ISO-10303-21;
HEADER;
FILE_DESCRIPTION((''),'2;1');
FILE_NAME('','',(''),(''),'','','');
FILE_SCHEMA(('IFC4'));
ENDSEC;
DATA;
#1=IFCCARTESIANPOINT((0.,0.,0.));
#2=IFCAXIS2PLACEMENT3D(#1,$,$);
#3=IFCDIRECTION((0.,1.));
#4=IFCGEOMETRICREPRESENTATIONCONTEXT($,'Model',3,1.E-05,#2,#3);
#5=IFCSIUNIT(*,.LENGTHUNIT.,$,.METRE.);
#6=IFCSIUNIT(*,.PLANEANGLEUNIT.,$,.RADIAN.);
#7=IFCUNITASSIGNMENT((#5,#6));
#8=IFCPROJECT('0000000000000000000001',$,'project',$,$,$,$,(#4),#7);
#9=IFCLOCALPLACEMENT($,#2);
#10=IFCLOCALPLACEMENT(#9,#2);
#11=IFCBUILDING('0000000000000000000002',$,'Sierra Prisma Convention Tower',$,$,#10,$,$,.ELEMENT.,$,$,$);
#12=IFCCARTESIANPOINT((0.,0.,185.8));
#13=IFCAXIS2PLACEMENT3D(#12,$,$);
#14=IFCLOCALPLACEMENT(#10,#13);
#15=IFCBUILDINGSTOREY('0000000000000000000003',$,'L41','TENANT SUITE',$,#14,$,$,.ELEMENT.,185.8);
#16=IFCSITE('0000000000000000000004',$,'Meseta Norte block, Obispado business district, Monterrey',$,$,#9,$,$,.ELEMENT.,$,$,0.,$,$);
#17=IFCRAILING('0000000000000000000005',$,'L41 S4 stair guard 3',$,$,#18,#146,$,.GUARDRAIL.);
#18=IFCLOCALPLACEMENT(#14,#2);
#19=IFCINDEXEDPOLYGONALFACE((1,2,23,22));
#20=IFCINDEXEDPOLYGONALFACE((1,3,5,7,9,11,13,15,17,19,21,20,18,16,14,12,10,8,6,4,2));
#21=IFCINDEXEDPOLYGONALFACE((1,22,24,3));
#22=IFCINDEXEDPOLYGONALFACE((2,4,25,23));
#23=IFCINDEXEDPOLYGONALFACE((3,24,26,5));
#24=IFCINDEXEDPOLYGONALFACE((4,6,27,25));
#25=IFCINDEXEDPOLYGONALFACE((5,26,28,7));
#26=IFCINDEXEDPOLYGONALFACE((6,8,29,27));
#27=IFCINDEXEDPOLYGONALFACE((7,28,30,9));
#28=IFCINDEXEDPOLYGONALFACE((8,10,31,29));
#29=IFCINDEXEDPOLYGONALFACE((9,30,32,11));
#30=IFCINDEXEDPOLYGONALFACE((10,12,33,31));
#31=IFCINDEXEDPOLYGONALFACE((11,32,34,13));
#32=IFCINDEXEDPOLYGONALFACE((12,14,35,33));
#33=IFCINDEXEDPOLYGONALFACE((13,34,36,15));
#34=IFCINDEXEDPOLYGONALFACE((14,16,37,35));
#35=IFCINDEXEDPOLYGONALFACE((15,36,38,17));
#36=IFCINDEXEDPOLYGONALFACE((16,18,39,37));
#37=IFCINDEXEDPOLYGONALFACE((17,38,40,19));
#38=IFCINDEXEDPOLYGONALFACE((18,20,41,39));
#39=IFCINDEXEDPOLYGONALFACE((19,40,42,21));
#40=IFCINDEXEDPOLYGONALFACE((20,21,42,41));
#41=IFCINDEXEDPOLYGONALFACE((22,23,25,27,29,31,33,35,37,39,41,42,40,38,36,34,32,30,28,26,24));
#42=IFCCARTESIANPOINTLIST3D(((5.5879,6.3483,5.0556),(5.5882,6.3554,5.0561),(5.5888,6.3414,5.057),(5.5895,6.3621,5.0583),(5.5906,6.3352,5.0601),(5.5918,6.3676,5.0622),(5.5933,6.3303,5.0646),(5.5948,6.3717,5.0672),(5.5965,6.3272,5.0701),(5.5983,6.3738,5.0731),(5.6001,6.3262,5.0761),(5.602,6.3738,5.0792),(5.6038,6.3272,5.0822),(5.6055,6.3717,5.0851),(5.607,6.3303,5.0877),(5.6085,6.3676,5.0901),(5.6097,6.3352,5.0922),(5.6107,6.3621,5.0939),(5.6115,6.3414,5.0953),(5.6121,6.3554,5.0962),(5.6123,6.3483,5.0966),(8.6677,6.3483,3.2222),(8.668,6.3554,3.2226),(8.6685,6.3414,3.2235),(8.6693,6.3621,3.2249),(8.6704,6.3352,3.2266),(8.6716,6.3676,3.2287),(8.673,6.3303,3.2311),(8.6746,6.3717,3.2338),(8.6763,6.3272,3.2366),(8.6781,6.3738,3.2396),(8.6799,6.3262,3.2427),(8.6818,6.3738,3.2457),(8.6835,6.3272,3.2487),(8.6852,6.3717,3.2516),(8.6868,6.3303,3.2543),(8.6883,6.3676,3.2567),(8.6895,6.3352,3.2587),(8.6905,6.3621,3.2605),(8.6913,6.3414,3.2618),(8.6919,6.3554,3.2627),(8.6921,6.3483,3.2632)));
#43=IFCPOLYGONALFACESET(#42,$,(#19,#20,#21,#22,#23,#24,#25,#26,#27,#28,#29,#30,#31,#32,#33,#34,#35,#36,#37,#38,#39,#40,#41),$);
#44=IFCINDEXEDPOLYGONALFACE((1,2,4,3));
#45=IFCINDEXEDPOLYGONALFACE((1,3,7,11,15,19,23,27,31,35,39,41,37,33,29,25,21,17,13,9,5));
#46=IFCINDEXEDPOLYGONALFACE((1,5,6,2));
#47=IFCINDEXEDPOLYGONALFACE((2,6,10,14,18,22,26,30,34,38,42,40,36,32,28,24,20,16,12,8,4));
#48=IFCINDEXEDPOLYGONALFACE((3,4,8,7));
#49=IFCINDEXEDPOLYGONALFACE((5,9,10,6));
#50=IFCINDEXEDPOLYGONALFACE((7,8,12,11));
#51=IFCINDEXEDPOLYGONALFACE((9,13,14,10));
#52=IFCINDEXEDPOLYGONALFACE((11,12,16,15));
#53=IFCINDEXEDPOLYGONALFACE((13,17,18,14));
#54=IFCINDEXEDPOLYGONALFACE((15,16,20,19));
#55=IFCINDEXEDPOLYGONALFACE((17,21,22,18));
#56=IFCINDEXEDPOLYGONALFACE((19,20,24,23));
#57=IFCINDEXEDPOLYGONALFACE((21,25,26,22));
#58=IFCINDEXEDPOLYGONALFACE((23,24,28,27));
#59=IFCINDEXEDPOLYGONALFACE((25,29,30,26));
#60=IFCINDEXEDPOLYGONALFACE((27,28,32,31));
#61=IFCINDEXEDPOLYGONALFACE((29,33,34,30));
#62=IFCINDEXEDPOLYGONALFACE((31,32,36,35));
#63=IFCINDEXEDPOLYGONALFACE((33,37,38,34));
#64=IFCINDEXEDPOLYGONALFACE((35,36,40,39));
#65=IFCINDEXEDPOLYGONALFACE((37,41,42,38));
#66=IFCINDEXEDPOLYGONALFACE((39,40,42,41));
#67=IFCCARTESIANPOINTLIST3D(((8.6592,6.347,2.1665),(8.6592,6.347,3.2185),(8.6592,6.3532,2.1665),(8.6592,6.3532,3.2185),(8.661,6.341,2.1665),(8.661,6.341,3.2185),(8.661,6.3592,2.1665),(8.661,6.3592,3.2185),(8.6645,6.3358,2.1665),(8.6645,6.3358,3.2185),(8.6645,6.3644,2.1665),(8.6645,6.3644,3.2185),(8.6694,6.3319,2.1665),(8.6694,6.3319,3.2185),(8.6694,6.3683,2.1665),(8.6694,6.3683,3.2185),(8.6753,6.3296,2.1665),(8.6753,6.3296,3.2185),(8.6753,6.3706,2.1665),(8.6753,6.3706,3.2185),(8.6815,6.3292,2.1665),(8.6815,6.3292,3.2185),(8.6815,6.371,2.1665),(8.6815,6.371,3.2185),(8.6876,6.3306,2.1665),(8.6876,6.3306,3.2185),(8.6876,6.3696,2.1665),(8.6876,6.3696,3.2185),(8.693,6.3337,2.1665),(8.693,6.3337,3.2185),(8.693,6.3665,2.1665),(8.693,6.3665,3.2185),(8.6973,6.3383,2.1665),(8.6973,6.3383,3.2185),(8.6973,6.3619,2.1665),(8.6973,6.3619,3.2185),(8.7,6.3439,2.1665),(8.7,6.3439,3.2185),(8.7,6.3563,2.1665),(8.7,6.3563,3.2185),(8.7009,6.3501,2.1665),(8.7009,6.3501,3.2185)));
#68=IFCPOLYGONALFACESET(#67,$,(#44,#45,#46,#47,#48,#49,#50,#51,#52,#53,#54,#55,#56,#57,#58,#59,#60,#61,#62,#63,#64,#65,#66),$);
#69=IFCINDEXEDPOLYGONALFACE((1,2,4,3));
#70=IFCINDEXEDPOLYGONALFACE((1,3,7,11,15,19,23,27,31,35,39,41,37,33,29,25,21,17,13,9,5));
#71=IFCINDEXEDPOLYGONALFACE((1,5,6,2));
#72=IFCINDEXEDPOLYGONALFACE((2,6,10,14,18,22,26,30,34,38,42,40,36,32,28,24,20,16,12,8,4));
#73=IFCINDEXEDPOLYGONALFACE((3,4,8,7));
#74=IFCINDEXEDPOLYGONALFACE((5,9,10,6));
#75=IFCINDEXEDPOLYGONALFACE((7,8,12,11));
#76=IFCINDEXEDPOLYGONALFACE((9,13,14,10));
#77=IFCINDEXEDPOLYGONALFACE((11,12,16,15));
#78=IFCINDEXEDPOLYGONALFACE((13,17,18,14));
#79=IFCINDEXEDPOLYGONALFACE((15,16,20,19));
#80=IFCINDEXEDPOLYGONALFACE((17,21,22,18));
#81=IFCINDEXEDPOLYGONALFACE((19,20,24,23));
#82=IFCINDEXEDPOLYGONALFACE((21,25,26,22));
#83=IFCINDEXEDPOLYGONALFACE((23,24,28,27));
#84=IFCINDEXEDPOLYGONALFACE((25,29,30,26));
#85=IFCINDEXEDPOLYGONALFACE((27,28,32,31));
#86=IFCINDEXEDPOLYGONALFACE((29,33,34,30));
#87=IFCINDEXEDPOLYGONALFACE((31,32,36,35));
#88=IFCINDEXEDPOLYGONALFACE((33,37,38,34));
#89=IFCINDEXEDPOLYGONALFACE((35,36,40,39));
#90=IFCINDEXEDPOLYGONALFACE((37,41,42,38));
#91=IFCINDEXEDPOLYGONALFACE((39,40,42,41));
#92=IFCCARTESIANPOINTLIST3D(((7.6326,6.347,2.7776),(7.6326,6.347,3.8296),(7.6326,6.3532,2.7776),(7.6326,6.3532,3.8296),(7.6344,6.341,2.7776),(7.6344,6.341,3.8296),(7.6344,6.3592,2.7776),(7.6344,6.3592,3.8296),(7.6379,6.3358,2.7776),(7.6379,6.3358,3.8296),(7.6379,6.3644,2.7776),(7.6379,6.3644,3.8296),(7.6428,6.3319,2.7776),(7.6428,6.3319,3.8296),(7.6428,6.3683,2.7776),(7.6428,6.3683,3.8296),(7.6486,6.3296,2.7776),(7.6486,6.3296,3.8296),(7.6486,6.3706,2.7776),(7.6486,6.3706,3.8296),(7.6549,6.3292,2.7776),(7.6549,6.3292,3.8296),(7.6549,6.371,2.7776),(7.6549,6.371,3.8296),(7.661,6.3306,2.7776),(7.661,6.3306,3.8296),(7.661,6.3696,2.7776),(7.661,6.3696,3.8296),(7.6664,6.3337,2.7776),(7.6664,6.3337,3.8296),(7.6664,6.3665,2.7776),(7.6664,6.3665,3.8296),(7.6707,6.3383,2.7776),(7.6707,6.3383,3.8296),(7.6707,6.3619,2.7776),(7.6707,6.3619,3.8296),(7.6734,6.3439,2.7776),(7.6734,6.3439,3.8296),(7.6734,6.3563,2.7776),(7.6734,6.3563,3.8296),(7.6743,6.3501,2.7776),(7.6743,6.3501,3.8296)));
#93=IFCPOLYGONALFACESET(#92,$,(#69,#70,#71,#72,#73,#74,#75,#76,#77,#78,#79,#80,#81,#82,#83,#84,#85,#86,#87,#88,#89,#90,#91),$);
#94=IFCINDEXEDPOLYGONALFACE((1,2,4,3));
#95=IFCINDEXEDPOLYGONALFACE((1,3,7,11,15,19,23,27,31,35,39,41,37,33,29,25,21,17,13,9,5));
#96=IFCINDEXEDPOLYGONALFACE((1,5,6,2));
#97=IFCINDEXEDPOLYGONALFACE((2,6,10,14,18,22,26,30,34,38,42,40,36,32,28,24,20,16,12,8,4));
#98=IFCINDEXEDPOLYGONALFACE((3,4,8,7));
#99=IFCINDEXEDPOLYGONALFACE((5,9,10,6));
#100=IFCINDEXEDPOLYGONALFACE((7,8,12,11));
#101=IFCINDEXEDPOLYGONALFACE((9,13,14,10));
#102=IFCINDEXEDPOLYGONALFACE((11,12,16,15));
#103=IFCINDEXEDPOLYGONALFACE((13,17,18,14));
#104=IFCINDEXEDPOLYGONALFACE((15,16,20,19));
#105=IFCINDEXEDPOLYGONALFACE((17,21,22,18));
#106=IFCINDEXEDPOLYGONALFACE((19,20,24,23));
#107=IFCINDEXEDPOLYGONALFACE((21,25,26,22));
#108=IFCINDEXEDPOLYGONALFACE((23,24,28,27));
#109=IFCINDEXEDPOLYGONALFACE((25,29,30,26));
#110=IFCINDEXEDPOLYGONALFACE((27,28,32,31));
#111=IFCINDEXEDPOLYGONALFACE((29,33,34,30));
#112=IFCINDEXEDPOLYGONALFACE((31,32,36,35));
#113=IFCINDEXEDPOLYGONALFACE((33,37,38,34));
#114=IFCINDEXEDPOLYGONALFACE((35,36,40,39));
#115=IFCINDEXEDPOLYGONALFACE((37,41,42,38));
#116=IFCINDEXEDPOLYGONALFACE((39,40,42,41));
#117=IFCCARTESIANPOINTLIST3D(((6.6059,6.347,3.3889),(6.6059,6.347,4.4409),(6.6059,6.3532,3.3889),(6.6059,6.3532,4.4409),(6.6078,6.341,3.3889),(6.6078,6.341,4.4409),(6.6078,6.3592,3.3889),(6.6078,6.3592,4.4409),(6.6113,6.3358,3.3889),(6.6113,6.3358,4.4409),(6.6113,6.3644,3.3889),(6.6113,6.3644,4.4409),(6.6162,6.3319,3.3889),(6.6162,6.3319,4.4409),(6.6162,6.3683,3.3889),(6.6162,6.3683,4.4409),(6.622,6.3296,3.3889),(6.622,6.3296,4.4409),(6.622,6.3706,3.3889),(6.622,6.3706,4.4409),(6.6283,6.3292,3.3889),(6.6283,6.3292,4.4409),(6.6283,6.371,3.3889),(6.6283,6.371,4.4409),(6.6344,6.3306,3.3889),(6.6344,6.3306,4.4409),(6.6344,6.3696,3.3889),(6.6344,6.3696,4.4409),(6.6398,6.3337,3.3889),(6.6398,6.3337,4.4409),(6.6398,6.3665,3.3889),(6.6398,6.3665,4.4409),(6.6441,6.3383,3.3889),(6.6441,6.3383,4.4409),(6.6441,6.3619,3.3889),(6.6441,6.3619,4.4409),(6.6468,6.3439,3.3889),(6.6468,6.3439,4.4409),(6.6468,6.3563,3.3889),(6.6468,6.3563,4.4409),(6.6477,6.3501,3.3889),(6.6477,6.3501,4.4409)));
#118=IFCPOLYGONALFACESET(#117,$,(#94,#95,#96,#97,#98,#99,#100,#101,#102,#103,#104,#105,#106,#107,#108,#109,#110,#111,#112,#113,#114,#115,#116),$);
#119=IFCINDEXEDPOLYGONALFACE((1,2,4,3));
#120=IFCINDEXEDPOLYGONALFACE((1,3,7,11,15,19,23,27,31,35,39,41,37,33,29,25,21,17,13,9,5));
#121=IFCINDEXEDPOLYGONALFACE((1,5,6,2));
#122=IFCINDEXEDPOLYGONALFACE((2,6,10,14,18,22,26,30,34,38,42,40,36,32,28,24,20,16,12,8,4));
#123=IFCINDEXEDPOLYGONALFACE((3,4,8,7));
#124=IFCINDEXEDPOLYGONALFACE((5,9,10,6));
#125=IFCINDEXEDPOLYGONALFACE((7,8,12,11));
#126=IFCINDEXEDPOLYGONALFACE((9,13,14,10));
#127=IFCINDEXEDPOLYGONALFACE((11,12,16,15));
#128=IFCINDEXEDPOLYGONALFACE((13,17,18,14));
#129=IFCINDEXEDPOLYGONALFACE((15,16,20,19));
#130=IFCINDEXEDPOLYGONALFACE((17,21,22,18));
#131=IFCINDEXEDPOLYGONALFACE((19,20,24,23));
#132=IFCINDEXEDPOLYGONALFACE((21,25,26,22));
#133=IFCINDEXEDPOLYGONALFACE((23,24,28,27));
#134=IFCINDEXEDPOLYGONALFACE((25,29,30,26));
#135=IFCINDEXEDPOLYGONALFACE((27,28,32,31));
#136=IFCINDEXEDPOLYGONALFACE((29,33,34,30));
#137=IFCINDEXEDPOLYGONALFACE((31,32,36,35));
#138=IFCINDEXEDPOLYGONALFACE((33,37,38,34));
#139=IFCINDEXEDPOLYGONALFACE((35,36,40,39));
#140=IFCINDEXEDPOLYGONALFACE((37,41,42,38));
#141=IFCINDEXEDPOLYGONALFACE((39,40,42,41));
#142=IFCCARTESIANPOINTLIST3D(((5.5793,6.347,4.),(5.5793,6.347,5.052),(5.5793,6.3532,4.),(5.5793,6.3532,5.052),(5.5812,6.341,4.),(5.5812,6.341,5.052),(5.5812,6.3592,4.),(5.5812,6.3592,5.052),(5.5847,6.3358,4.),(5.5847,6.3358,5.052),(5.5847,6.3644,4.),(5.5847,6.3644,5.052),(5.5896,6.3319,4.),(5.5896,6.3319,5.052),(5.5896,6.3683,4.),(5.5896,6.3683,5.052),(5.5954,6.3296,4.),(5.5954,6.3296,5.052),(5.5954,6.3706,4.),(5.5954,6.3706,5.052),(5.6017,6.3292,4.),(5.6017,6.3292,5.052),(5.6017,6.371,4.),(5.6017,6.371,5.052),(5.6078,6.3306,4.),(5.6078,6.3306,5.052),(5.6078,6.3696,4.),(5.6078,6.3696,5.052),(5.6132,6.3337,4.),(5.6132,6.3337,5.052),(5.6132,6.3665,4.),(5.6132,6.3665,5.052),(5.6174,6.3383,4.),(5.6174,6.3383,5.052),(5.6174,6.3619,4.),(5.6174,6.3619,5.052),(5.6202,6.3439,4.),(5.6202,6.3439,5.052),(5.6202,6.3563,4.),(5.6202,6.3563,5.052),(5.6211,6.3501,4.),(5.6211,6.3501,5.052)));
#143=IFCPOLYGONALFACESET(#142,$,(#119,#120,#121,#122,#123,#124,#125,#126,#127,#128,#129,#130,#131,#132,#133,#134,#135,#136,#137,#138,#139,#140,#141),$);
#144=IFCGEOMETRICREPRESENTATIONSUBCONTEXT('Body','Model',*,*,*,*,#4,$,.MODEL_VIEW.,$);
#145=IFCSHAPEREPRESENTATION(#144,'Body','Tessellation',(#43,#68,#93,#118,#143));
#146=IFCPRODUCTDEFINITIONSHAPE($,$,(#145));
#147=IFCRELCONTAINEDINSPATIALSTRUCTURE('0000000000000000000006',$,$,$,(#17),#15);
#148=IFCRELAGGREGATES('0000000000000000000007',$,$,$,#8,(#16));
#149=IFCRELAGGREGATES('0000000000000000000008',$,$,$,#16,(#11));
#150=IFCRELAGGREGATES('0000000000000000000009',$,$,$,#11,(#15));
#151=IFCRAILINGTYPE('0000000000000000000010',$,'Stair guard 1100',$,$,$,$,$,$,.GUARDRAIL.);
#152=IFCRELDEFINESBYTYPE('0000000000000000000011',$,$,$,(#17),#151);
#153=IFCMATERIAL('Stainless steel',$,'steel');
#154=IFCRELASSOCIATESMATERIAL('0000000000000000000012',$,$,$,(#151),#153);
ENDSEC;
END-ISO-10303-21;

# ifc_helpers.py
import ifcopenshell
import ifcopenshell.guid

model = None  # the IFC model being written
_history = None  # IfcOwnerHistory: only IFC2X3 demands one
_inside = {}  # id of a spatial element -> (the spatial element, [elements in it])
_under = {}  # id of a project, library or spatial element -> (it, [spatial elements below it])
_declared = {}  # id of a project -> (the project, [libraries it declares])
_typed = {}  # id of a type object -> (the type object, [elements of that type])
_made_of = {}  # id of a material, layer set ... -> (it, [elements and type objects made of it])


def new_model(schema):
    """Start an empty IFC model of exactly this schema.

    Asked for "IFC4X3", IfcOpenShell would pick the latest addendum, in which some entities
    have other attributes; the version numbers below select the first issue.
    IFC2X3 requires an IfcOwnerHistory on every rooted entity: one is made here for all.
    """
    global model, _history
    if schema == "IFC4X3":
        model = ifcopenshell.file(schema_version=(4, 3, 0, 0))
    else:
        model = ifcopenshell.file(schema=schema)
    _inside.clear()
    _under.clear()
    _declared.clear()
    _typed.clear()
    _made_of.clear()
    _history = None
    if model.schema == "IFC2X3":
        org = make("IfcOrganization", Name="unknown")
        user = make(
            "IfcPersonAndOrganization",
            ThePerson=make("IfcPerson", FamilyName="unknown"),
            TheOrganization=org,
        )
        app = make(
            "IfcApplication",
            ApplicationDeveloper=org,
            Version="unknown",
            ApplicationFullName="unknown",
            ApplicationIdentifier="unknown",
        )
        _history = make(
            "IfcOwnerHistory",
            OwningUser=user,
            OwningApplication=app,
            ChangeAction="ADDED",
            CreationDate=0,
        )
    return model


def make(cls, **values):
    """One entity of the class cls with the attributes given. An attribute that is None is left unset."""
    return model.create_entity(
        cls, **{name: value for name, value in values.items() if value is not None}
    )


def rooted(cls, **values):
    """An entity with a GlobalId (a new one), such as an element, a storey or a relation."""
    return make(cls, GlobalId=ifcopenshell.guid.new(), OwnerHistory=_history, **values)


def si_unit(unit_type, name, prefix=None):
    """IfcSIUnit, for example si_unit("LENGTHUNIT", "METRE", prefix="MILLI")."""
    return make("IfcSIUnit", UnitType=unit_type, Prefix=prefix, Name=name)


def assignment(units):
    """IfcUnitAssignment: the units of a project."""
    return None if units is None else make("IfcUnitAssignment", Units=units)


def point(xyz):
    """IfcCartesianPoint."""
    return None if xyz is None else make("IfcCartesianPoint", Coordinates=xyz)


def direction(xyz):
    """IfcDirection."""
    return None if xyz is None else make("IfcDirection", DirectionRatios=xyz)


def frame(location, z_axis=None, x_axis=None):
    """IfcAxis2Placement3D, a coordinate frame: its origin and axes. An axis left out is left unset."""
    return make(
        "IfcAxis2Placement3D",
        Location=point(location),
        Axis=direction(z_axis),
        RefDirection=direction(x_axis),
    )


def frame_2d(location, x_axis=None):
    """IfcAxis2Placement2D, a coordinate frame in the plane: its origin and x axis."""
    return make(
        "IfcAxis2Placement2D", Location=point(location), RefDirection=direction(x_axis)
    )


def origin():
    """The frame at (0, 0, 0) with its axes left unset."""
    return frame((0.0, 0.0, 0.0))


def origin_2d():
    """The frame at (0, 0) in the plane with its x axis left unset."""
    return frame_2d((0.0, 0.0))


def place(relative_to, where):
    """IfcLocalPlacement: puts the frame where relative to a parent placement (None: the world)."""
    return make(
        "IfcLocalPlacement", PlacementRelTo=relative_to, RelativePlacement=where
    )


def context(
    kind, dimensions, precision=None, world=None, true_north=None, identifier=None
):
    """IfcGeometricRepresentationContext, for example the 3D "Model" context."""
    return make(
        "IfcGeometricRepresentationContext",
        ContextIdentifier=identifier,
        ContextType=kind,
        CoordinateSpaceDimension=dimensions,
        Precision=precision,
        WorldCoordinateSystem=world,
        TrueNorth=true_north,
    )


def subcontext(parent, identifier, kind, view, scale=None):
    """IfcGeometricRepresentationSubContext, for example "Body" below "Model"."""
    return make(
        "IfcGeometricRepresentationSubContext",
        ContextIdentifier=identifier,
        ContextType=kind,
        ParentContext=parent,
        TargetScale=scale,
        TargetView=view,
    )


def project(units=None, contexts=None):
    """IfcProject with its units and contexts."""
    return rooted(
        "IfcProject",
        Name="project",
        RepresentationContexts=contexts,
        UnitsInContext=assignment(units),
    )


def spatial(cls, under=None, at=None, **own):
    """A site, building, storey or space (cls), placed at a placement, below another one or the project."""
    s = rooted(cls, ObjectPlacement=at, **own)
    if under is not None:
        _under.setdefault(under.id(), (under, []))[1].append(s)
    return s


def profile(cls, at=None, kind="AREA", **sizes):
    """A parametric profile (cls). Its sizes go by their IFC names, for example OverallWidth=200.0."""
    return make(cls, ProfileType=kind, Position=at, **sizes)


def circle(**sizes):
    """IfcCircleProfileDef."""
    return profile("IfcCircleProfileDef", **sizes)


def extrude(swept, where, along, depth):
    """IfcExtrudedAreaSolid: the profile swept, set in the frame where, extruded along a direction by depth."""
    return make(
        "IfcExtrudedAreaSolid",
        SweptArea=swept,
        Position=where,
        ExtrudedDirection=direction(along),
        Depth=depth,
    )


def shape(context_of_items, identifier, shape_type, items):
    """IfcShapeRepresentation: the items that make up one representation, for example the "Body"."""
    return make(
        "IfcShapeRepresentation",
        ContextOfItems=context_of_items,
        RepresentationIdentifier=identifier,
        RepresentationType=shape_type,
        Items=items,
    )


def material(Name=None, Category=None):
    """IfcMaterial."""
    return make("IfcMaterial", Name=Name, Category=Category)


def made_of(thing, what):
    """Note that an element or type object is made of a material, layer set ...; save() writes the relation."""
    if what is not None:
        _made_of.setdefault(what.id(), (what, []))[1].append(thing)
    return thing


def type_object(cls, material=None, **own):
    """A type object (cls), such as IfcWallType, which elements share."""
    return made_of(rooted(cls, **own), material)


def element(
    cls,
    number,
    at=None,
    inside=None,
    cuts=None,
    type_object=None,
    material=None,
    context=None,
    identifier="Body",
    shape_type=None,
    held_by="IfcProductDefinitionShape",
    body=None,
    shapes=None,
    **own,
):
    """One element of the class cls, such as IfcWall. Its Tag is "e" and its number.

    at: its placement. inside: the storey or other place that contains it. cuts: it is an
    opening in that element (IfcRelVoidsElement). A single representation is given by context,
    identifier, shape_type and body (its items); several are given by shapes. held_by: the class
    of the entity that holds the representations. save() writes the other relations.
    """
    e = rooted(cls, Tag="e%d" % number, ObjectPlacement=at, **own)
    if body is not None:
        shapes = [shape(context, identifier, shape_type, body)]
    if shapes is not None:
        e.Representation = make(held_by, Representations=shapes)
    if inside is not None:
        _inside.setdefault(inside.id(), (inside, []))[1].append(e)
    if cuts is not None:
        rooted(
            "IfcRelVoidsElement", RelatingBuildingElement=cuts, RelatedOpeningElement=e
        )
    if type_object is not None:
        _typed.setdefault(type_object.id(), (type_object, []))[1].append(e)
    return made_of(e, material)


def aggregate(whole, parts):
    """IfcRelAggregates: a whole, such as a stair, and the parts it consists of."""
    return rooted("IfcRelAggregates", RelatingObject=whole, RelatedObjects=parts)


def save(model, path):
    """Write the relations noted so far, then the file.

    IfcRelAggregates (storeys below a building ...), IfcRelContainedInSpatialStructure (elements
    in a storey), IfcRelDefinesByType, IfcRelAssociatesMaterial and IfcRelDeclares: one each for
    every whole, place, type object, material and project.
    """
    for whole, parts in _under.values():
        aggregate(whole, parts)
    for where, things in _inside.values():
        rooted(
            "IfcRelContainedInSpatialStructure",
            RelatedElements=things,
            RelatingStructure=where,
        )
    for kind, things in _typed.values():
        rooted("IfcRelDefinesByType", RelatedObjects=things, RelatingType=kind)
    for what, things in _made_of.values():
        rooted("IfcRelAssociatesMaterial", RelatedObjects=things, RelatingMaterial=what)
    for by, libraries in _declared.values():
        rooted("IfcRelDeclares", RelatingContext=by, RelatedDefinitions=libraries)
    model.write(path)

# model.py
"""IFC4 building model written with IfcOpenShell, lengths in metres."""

from ifc_helpers import new_model, si_unit, direction, frame, origin, origin_2d, place, context, subcontext, project, spatial, circle, extrude, material, type_object, element, save


model = new_model("IFC4")

# Units and contexts
model_context = context("Model", 3, precision=1e-05, world=origin(), true_north=direction((0.0, 1.0)))
body_context = subcontext(model_context, "Body", "Model", "MODEL_VIEW")
ifc_project = project(units=[si_unit("LENGTHUNIT", "METRE"), si_unit("PLANEANGLEUNIT", "RADIAN")], contexts=[model_context])

# Site, building, storey
site_placement = place(None, origin())
site = spatial("IfcSite", under=ifc_project, at=site_placement, Name="Meseta Norte block, Obispado business district, Monterrey", CompositionType="ELEMENT", RefElevation=0.0)
building_placement = place(site_placement, origin())
building = spatial("IfcBuilding", under=site, at=building_placement, Name="Sierra Prisma Convention Tower", CompositionType="ELEMENT")
storey_placement = place(building_placement, frame((0.0, 0.0, 185.8)))
storey = spatial("IfcBuildingStorey", under=building, at=storey_placement, Name="L41", Description="TENANT SUITE", CompositionType="ELEMENT", Elevation=185.8)

# Railing
ifc_material_1 = material(Name="Stainless steel", Category="steel")
railing_type_1 = type_object("IfcRailingType", Name="Stair guard 1100", PredefinedType="GUARDRAIL", material=ifc_material_1)
railing_1_placement = place(storey_placement, frame((8.6799, 6.3501, 2.1665)))
element("IfcRailing", 1, at=railing_1_placement, inside=storey, type_object=railing_type_1, Name="L41 S4 stair guard 3", PredefinedType="GUARDRAIL", context=body_context, shape_type="SweptSolid", body=[
    extrude(circle(Radius=0.0239, at=origin_2d()), frame((0.0, 0.0, 1.0762), z_axis=(-0.859261, 0.0, 0.511538), x_axis=(0.0, -1.0, 0.0)), (0.0, 0.0, 1.0), 3.5842),
    extrude(circle(Radius=0.021, at=origin_2d()), origin(), (0.0, 0.0, 1.0), 1.052),
    extrude(circle(Radius=0.021, at=origin_2d()), frame((-1.0266, 0.0, 0.6111)), (0.0, 0.0, 1.0), 1.052),
    extrude(circle(Radius=0.021, at=origin_2d()), frame((-2.0532, 0.0, 1.2224)), (0.0, 0.0, 1.0), 1.052),
    extrude(circle(Radius=0.021, at=origin_2d()), frame((-3.0798, 0.0, 1.8335)), (0.0, 0.0, 1.0), 1.052),
])

save(model, "model.ifc")
